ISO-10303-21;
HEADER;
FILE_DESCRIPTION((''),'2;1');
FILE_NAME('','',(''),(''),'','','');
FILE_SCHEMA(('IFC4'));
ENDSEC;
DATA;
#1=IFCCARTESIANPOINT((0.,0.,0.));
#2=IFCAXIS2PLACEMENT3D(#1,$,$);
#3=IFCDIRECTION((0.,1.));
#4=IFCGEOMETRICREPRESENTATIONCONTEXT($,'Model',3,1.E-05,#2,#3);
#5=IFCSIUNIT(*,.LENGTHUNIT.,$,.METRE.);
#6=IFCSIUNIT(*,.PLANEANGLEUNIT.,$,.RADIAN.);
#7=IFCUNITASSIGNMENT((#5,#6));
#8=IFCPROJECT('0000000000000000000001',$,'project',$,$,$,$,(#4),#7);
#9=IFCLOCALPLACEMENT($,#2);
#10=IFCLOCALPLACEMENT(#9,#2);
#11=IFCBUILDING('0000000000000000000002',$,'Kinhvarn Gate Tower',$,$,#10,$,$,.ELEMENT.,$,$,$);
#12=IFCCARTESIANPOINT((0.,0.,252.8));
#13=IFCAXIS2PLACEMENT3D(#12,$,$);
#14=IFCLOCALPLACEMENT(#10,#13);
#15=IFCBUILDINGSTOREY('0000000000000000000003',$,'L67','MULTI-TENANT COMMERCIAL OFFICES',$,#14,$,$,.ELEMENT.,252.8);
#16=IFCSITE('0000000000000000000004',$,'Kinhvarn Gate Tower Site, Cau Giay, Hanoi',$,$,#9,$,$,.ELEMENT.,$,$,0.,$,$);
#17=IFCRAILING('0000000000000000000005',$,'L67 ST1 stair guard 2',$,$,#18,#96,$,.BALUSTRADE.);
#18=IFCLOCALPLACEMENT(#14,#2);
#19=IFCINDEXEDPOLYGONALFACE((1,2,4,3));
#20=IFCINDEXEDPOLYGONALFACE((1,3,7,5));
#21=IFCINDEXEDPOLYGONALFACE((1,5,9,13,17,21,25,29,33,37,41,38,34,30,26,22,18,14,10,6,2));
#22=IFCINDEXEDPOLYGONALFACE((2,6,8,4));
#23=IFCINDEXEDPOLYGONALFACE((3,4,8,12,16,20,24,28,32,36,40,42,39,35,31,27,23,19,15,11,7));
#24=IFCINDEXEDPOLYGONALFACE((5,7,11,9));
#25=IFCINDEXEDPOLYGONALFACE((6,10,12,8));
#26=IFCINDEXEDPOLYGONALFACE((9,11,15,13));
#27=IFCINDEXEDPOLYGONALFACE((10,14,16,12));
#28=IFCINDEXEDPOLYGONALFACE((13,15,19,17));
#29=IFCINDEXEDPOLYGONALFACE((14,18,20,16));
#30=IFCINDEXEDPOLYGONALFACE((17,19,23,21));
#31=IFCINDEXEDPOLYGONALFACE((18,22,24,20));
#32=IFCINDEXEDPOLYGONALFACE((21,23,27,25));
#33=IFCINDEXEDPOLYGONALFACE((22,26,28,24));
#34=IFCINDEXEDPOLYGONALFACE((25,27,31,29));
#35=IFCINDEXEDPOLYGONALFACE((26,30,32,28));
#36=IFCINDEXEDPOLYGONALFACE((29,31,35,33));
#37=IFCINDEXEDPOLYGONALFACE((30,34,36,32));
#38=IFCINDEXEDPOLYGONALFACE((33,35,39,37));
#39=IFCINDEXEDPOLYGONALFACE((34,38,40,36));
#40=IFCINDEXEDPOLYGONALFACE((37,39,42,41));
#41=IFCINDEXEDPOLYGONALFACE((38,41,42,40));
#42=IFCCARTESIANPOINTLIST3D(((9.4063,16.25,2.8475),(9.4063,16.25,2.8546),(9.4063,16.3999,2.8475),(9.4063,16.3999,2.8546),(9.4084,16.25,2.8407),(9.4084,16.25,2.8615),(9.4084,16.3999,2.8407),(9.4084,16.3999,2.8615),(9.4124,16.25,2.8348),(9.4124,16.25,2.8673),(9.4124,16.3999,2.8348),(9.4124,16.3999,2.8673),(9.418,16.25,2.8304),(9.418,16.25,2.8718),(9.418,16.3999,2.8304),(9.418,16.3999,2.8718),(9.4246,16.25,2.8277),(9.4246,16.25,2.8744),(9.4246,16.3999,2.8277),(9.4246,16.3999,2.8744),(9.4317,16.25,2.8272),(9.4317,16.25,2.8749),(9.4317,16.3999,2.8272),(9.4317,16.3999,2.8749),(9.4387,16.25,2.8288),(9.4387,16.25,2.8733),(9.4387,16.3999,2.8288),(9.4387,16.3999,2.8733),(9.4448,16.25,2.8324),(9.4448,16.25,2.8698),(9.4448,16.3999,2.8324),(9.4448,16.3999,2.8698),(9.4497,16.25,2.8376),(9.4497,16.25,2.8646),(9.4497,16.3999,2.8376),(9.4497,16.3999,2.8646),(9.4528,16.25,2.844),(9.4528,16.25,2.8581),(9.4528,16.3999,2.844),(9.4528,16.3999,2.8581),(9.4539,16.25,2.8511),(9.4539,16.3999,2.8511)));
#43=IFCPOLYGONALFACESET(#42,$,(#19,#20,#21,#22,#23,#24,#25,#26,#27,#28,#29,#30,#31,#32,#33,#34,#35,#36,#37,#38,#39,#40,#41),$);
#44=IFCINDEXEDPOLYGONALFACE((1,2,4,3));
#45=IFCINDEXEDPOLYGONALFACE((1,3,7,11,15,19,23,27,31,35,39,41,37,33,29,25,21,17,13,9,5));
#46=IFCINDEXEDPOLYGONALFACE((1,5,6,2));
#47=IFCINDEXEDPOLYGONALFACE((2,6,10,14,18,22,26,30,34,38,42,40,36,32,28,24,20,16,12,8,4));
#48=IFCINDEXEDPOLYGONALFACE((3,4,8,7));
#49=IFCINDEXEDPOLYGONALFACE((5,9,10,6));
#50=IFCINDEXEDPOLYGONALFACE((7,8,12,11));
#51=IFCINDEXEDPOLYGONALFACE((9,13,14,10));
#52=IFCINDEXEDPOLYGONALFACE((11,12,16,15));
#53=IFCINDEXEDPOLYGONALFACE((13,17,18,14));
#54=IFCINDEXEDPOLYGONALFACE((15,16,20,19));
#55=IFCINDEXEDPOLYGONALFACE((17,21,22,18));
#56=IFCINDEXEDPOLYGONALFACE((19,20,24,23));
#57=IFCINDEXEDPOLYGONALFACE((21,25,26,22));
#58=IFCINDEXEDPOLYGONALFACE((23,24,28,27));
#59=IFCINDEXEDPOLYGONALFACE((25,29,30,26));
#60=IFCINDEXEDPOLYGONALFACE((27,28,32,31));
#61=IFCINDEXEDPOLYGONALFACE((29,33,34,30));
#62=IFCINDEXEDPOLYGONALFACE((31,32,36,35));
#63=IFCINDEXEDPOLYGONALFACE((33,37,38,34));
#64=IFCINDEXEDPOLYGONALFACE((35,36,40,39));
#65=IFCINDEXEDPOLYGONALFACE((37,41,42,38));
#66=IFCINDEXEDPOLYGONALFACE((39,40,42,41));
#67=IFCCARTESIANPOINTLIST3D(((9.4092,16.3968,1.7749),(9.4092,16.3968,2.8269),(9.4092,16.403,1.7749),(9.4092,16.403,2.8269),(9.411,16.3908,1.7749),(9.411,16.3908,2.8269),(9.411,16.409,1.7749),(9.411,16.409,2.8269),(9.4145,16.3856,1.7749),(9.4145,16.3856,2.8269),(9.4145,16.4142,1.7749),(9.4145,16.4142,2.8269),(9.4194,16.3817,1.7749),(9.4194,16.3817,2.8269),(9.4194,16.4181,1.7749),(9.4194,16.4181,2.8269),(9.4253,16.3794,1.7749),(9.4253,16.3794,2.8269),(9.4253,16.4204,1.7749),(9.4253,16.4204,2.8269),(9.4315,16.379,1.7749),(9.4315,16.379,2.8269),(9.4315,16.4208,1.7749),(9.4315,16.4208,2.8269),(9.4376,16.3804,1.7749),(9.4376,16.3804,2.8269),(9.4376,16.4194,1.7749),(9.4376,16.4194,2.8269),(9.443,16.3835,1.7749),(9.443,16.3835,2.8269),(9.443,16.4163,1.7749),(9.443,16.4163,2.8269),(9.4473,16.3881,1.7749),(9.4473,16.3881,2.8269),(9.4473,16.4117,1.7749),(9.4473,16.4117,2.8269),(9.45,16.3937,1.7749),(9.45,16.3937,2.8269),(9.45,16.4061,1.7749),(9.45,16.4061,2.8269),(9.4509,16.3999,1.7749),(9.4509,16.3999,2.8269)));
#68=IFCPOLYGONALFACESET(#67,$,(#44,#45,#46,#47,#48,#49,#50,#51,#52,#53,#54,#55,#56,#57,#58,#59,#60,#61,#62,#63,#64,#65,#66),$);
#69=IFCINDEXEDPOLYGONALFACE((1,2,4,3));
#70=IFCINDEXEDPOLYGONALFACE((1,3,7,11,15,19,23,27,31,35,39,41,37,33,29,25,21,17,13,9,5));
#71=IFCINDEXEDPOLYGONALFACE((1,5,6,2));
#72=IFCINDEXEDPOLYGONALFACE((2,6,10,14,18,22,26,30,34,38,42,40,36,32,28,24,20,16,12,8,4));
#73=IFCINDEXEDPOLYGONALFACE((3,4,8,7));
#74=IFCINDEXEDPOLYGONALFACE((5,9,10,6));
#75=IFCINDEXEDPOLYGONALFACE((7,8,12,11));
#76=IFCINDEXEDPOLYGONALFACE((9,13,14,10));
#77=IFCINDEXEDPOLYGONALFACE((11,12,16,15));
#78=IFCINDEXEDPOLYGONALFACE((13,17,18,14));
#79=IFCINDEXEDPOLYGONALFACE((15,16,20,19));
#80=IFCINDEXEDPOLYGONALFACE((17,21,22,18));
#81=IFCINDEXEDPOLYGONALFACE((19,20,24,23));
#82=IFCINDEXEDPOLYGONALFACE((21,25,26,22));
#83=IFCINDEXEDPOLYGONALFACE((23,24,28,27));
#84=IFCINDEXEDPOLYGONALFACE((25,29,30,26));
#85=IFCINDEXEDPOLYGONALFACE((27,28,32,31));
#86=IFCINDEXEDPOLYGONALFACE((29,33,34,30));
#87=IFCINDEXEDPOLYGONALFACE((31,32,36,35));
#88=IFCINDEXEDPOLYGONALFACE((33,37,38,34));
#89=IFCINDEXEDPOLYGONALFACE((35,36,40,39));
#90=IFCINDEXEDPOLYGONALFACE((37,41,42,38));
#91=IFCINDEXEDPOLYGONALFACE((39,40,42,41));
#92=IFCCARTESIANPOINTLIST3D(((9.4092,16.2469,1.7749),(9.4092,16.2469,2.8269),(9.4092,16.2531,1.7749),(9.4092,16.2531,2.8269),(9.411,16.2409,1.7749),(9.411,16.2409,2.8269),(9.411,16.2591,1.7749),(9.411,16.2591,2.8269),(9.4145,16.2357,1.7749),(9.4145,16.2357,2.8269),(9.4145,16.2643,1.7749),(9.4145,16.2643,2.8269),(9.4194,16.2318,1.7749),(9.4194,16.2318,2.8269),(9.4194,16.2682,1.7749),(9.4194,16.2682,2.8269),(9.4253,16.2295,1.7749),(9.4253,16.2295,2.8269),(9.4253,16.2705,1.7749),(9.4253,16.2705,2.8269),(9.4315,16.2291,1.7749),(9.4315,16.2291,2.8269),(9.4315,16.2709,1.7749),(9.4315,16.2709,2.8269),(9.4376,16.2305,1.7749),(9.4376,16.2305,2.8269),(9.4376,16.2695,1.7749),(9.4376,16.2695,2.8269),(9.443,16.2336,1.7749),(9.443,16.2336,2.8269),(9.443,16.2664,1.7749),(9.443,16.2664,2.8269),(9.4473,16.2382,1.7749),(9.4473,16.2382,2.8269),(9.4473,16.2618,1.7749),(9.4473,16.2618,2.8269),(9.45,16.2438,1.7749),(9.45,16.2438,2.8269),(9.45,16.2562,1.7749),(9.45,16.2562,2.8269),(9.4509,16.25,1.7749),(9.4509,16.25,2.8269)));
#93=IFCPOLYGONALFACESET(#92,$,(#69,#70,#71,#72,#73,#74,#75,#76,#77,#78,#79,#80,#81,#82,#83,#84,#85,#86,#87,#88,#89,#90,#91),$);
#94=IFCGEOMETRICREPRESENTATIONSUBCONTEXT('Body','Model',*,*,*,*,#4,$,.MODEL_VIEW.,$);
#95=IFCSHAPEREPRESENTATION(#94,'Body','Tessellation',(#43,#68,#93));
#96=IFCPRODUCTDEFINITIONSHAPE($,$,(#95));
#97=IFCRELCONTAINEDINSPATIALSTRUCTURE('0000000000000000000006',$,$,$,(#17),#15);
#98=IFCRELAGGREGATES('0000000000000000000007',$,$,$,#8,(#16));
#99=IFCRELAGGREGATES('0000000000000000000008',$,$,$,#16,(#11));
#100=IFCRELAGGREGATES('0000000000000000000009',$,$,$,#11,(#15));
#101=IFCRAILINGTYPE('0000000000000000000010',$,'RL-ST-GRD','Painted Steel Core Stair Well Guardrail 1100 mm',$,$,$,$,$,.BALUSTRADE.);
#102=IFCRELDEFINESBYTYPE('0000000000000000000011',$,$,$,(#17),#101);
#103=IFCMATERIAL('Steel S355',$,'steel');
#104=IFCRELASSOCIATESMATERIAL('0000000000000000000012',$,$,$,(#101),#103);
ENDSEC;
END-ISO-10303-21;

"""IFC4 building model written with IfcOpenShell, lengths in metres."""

from ifc_helpers import new_model, si_unit, direction, frame, origin, origin_2d, place, context, subcontext, project, spatial, circle, extrude, material, type_object, element, save


model = new_model("IFC4")

# Units and contexts
model_context = context("Model", 3, precision=1e-05, world=origin(), true_north=direction((0.0, 1.0)))
body_context = subcontext(model_context, "Body", "Model", "MODEL_VIEW")
ifc_project = project(units=[si_unit("LENGTHUNIT", "METRE"), si_unit("PLANEANGLEUNIT", "RADIAN")], contexts=[model_context])

# Site, building, storey
site_placement = place(None, origin())
site = spatial("IfcSite", under=ifc_project, at=site_placement, Name="Kinhvarn Gate Tower Site, Cau Giay, Hanoi", CompositionType="ELEMENT", RefElevation=0.0)
building_placement = place(site_placement, origin())
building = spatial("IfcBuilding", under=site, at=building_placement, Name="Kinhvarn Gate Tower", CompositionType="ELEMENT")
storey_placement = place(building_placement, frame((0.0, 0.0, 252.8)))
storey = spatial("IfcBuildingStorey", under=building, at=storey_placement, Name="L67", Description="MULTI-TENANT COMMERCIAL OFFICES", CompositionType="ELEMENT", Elevation=252.8)

# Shared definitions
ifc_material_1 = material(Name="Steel S355", Category="steel")

# Railing
railing_type_1 = type_object("IfcRailingType", Name="RL-ST-GRD", Description="Painted Steel Core Stair Well Guardrail 1100 mm", PredefinedType="BALUSTRADE", material=ifc_material_1)
railing_1_placement = place(storey_placement, frame((9.4299, 16.3999, 1.7749)))
element("IfcRailing", 1, at=railing_1_placement, inside=storey, type_object=railing_type_1, Name="L67 ST1 stair guard 2", PredefinedType="BALUSTRADE", context=body_context, shape_type="SweptSolid", body=[
    extrude(circle(Radius=0.0239, at=origin_2d()), frame((0.0, 0.0, 1.0762), z_axis=(0.0, -1.0, 0.0), x_axis=(1.0, 0.0, 0.0)), (0.0, 0.0, 1.0), 0.1499),
    extrude(circle(Radius=0.021, at=origin_2d()), origin(), (0.0, 0.0, 1.0), 1.052),
    extrude(circle(Radius=0.021, at=origin_2d()), frame((0.0, -0.1499, 0.0)), (0.0, 0.0, 1.0), 1.052),
])

save(model, "model.ifc")
